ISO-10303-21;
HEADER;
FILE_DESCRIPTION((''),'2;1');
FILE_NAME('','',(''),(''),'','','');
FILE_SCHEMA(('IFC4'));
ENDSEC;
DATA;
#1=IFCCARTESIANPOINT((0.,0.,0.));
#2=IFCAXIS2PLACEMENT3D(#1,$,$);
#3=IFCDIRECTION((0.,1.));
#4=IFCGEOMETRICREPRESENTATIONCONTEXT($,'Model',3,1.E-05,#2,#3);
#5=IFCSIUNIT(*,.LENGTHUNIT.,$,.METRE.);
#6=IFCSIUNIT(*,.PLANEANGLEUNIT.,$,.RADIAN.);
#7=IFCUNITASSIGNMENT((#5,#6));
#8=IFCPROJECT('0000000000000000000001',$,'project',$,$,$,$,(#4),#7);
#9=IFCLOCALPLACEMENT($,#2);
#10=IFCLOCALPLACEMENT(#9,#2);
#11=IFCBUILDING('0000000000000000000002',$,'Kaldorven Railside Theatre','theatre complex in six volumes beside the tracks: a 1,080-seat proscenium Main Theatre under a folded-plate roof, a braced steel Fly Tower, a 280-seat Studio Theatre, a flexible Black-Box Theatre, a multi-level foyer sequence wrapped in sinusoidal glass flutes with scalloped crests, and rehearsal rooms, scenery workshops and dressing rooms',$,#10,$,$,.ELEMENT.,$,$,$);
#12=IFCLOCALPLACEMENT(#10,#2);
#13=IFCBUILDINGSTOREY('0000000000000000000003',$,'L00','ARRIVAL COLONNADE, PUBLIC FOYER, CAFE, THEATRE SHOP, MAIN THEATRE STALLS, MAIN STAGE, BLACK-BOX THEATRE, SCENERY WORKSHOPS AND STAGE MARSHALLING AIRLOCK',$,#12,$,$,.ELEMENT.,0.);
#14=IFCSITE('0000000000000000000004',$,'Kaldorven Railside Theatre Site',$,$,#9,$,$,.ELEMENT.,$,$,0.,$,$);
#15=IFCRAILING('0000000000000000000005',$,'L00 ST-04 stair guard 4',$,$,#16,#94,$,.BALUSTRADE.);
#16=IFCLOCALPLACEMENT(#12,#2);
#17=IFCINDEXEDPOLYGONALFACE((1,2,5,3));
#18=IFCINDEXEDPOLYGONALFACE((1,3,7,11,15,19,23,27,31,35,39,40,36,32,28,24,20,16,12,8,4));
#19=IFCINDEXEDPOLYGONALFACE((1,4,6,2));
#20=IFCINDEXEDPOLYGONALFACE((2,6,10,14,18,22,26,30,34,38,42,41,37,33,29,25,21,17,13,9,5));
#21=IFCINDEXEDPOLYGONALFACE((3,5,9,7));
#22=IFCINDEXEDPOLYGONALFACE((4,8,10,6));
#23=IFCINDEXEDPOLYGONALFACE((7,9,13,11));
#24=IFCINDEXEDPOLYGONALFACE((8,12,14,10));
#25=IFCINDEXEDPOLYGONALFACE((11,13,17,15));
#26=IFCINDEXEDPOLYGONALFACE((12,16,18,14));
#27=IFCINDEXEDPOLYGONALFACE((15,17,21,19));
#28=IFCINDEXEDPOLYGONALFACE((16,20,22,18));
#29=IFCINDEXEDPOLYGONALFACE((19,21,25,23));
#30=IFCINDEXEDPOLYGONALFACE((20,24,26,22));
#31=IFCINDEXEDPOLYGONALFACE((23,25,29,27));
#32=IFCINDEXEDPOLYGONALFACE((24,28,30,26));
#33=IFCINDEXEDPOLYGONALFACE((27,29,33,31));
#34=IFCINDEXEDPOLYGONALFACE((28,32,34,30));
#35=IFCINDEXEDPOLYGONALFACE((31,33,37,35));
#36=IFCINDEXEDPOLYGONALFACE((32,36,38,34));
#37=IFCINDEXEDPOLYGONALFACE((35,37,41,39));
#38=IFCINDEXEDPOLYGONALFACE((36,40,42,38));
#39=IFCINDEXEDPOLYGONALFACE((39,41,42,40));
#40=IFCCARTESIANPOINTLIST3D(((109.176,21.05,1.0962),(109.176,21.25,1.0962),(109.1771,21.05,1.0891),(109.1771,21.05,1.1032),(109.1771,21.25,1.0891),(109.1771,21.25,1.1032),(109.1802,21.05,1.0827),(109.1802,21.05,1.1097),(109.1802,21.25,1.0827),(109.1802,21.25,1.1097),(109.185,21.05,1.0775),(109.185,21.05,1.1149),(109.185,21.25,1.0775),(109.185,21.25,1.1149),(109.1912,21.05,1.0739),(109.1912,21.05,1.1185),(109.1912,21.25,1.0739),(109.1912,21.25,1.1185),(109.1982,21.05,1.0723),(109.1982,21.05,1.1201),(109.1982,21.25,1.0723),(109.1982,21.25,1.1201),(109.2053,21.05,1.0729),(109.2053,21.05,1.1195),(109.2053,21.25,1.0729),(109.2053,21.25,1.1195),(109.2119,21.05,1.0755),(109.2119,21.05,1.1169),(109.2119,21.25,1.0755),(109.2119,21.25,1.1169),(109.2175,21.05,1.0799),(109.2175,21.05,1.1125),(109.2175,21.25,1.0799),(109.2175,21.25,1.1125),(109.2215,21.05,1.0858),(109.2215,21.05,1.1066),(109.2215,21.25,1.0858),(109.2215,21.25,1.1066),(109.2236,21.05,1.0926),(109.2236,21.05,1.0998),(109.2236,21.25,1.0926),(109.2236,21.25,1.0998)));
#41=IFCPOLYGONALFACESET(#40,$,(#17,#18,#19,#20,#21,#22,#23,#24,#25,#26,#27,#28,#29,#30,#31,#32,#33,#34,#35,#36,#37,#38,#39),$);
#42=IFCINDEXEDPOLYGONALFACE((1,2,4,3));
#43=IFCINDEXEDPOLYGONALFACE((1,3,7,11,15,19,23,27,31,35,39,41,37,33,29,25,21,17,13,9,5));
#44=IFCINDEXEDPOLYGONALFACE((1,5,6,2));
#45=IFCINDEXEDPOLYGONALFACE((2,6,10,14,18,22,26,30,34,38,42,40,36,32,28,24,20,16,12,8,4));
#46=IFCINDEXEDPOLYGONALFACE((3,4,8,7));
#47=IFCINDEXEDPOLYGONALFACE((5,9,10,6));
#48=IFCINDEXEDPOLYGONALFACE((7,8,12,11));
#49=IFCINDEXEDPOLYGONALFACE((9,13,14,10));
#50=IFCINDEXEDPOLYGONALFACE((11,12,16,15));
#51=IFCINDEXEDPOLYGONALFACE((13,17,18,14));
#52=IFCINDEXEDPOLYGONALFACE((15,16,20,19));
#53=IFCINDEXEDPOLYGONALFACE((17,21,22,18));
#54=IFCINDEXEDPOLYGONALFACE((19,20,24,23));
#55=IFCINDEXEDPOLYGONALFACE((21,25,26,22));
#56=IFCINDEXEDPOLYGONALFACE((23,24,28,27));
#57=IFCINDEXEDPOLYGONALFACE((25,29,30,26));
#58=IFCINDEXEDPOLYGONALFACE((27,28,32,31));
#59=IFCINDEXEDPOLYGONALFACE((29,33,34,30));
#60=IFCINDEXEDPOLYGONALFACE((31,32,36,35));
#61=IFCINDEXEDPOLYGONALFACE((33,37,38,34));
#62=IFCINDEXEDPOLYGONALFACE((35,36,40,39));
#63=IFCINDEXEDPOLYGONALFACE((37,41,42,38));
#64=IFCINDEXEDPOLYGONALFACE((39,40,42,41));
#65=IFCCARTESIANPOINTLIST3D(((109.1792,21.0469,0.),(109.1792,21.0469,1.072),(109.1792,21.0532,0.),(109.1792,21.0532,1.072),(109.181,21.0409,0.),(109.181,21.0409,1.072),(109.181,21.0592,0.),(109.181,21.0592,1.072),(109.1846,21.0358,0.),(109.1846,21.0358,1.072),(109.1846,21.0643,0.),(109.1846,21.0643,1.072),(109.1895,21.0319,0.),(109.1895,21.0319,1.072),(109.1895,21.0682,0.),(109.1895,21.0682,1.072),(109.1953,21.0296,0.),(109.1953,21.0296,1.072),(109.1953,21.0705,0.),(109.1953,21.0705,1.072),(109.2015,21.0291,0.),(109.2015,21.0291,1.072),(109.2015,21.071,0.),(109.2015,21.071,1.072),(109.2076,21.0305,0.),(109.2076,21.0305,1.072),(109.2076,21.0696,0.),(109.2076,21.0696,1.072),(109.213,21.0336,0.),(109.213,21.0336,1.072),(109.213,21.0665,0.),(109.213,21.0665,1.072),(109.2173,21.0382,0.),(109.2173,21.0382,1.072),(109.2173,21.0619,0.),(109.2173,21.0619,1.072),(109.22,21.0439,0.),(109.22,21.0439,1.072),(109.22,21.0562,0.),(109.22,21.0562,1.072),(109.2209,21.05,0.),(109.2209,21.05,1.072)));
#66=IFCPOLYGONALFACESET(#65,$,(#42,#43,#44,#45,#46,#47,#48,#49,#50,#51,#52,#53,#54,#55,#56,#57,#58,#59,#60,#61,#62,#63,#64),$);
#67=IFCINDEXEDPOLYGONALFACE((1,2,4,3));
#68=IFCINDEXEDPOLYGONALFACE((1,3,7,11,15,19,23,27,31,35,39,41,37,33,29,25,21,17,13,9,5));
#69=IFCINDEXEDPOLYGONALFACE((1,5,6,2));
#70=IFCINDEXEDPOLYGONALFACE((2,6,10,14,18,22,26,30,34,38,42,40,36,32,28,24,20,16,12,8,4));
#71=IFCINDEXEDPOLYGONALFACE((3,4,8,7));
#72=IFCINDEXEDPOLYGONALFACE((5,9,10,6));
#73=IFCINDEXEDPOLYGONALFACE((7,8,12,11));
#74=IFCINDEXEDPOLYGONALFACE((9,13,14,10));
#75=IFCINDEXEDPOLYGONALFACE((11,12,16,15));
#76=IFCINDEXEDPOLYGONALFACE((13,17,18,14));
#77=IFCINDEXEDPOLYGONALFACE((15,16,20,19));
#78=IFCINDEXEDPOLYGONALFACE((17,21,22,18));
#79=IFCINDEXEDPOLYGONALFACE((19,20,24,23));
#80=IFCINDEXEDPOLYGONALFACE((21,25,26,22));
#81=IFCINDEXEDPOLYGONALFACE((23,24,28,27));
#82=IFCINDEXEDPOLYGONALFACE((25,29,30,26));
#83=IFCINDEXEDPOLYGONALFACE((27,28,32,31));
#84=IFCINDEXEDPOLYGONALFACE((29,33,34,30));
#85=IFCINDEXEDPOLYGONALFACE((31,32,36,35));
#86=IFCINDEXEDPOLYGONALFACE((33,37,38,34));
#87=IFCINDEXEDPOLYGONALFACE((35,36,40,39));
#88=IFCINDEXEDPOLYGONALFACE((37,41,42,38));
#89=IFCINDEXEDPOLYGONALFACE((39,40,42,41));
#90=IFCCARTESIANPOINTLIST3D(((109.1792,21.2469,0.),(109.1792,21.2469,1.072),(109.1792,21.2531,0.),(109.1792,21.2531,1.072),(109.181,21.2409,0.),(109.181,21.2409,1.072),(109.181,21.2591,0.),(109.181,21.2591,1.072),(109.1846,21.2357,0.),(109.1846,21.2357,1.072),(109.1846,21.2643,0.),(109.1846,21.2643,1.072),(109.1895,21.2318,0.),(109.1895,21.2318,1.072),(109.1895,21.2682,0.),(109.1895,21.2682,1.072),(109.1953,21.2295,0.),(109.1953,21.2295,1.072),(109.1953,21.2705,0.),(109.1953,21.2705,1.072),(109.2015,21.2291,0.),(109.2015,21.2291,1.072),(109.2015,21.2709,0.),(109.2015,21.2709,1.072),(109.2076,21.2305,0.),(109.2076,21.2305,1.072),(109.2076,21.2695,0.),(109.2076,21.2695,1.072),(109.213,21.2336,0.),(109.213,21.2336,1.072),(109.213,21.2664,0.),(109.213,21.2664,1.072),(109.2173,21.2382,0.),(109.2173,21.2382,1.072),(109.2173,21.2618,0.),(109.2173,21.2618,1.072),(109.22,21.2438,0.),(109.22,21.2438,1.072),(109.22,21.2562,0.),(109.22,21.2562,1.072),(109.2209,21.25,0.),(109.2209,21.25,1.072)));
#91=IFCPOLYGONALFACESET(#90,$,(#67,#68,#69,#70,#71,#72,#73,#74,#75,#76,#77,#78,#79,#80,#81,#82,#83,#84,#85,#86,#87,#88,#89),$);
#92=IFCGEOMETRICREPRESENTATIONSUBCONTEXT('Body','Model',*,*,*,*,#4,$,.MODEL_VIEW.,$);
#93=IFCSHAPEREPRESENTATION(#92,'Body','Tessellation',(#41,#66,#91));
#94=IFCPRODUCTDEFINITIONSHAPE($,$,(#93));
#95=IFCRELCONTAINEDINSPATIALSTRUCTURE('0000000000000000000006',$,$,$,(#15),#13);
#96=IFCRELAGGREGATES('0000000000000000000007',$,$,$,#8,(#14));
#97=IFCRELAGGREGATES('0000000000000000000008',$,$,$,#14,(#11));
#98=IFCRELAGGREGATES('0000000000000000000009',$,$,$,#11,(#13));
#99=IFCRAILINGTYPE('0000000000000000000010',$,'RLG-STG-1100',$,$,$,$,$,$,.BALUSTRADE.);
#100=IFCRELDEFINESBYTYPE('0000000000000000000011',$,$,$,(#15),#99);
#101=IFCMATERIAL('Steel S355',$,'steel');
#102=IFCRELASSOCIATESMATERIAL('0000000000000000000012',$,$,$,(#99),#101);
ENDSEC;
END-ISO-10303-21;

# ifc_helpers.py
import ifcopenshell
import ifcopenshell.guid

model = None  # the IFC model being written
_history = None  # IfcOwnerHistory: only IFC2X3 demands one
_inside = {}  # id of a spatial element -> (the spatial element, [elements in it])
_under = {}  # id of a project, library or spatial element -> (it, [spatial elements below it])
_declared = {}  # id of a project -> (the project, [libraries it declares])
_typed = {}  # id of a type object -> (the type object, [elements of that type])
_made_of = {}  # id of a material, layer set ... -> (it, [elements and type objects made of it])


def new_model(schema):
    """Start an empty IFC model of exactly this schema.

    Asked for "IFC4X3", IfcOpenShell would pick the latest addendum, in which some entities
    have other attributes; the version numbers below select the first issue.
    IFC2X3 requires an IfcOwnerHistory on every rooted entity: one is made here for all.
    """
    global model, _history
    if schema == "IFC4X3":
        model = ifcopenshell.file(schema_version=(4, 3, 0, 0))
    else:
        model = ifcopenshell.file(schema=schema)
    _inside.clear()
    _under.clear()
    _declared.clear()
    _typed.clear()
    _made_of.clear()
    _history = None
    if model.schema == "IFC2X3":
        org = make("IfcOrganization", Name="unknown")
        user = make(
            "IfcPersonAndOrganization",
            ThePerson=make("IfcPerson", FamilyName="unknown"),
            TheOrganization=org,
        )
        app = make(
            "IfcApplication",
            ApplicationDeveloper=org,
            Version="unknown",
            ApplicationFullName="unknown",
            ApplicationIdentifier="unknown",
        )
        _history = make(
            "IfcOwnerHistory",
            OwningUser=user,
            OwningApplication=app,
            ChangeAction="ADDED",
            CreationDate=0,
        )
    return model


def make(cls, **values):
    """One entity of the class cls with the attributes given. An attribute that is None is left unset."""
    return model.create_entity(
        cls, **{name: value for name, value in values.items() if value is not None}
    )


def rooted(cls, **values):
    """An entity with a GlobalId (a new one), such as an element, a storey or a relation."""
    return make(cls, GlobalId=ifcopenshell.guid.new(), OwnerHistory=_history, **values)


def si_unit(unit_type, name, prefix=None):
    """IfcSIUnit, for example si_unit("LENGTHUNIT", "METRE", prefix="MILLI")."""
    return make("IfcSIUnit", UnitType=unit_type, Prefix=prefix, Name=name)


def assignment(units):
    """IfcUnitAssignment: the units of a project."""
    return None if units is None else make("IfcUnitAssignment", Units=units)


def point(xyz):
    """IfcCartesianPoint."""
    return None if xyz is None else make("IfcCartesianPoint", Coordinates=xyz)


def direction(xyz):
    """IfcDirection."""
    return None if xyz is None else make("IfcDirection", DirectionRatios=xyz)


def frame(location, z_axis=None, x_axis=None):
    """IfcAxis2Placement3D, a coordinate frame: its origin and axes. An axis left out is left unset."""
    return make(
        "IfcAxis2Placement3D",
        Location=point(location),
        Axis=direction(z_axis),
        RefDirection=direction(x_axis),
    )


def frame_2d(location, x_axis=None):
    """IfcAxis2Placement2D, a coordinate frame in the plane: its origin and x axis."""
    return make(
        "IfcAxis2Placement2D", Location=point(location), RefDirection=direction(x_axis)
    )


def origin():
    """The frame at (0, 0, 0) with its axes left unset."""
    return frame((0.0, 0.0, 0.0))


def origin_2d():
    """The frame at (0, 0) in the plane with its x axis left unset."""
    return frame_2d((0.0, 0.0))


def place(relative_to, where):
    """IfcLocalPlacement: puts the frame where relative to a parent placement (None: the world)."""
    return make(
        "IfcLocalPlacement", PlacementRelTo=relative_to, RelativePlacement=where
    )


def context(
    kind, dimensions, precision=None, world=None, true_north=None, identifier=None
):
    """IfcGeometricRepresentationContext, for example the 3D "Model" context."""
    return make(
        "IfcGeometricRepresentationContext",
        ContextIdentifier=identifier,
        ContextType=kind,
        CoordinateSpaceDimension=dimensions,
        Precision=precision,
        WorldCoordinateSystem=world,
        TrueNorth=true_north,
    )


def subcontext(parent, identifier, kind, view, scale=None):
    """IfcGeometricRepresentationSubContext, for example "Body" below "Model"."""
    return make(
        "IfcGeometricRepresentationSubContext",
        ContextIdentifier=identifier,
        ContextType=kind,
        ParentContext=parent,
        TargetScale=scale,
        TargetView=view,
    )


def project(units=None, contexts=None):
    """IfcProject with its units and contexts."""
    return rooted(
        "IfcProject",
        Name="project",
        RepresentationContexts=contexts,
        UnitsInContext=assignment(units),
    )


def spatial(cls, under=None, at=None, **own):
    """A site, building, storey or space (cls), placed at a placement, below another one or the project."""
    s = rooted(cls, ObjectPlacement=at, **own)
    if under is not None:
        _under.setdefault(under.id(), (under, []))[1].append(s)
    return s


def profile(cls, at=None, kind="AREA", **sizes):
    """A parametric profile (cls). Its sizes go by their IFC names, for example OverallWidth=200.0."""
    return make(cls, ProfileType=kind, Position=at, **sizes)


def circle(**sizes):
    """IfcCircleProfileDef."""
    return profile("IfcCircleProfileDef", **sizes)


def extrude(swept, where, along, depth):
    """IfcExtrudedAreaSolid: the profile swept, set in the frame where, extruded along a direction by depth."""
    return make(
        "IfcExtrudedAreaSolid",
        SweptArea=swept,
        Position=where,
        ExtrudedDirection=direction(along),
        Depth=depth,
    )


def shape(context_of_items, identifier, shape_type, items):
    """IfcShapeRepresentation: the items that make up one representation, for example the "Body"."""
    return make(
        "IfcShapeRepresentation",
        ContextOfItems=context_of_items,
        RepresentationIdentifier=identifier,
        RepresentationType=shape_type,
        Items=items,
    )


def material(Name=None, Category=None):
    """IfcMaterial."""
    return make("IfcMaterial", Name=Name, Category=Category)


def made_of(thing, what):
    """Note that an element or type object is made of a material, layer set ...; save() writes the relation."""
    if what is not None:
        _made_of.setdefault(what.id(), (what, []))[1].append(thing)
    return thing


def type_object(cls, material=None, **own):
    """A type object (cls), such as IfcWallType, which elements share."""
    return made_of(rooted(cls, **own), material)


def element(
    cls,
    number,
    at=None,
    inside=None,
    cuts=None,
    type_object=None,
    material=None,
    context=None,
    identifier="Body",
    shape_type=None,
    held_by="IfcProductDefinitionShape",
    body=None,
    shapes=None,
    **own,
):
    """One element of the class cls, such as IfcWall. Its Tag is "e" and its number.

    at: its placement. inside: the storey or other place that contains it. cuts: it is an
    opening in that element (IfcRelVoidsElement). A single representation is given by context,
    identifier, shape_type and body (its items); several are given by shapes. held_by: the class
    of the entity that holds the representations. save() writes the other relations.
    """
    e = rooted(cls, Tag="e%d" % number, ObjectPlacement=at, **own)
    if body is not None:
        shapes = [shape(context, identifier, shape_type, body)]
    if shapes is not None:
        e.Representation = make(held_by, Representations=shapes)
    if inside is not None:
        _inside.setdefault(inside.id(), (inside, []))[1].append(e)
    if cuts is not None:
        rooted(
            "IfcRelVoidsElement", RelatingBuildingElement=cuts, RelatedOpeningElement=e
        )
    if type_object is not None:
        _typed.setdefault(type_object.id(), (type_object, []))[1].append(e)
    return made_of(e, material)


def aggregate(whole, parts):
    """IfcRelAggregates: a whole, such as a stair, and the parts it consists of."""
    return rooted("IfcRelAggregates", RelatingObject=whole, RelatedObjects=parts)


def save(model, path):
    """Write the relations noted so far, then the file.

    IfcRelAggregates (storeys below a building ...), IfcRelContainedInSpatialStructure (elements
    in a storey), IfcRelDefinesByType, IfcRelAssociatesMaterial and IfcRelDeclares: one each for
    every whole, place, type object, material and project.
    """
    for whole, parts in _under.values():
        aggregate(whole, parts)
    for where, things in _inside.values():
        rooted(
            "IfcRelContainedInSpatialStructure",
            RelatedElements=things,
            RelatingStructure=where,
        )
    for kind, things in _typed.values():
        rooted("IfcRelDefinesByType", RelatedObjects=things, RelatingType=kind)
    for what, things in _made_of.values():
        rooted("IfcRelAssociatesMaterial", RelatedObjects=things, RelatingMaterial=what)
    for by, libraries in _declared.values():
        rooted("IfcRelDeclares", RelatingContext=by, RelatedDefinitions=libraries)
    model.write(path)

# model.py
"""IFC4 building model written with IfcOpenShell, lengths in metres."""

from ifc_helpers import new_model, si_unit, direction, frame, origin, origin_2d, place, context, subcontext, project, spatial, circle, extrude, material, type_object, element, save


model = new_model("IFC4")

# Units and contexts
model_context = context("Model", 3, precision=1e-05, world=origin(), true_north=direction((0.0, 1.0)))
body_context = subcontext(model_context, "Body", "Model", "MODEL_VIEW")
ifc_project = project(units=[si_unit("LENGTHUNIT", "METRE"), si_unit("PLANEANGLEUNIT", "RADIAN")], contexts=[model_context])

# Site, building, storey
site_placement = place(None, origin())
site = spatial("IfcSite", under=ifc_project, at=site_placement, Name="Kaldorven Railside Theatre Site", CompositionType="ELEMENT", RefElevation=0.0)
building_placement = place(site_placement, origin())
building = spatial("IfcBuilding", under=site, at=building_placement, Name="Kaldorven Railside Theatre", Description="theatre complex in six volumes beside the tracks: a 1,080-seat proscenium Main Theatre under a folded-plate roof, a braced steel Fly Tower, a 280-seat Studio Theatre, a flexible Black-Box Theatre, a multi-level foyer sequence wrapped in sinusoidal glass flutes with scalloped crests, and rehearsal rooms, scenery workshops and dressing rooms", CompositionType="ELEMENT")
storey_placement = place(building_placement, origin())
storey = spatial("IfcBuildingStorey", under=building, at=storey_placement, Name="L00", Description="ARRIVAL COLONNADE, PUBLIC FOYER, CAFE, THEATRE SHOP, MAIN THEATRE STALLS, MAIN STAGE, BLACK-BOX THEATRE, SCENERY WORKSHOPS AND STAGE MARSHALLING AIRLOCK", CompositionType="ELEMENT", Elevation=0.0)

# Shared definitions
ifc_material_1 = material(Name="Steel S355", Category="steel")

# Railing
railing_type_1 = type_object("IfcRailingType", Name="RLG-STG-1100", PredefinedType="BALUSTRADE", material=ifc_material_1)
railing_1_placement = place(storey_placement, frame((109.2, 21.05, 0.0)))
element("IfcRailing", 1, at=railing_1_placement, inside=storey, type_object=railing_type_1, Name="L00 ST-04 stair guard 4", PredefinedType="BALUSTRADE", context=body_context, shape_type="SweptSolid", body=[
    extrude(circle(Radius=0.0239, at=origin_2d()), frame((0.0, 0.0, 1.0962), z_axis=(0.0, 1.0, 0.0), x_axis=(-1.0, 0.0, 0.0)), (0.0, 0.0, 1.0), 0.2),
    extrude(circle(Radius=0.021, at=origin_2d()), origin(), (0.0, 0.0, 1.0), 1.072),
    extrude(circle(Radius=0.021, at=origin_2d()), frame((0.0, 0.2, 0.0)), (0.0, 0.0, 1.0), 1.072),
])

save(model, "model.ifc")
